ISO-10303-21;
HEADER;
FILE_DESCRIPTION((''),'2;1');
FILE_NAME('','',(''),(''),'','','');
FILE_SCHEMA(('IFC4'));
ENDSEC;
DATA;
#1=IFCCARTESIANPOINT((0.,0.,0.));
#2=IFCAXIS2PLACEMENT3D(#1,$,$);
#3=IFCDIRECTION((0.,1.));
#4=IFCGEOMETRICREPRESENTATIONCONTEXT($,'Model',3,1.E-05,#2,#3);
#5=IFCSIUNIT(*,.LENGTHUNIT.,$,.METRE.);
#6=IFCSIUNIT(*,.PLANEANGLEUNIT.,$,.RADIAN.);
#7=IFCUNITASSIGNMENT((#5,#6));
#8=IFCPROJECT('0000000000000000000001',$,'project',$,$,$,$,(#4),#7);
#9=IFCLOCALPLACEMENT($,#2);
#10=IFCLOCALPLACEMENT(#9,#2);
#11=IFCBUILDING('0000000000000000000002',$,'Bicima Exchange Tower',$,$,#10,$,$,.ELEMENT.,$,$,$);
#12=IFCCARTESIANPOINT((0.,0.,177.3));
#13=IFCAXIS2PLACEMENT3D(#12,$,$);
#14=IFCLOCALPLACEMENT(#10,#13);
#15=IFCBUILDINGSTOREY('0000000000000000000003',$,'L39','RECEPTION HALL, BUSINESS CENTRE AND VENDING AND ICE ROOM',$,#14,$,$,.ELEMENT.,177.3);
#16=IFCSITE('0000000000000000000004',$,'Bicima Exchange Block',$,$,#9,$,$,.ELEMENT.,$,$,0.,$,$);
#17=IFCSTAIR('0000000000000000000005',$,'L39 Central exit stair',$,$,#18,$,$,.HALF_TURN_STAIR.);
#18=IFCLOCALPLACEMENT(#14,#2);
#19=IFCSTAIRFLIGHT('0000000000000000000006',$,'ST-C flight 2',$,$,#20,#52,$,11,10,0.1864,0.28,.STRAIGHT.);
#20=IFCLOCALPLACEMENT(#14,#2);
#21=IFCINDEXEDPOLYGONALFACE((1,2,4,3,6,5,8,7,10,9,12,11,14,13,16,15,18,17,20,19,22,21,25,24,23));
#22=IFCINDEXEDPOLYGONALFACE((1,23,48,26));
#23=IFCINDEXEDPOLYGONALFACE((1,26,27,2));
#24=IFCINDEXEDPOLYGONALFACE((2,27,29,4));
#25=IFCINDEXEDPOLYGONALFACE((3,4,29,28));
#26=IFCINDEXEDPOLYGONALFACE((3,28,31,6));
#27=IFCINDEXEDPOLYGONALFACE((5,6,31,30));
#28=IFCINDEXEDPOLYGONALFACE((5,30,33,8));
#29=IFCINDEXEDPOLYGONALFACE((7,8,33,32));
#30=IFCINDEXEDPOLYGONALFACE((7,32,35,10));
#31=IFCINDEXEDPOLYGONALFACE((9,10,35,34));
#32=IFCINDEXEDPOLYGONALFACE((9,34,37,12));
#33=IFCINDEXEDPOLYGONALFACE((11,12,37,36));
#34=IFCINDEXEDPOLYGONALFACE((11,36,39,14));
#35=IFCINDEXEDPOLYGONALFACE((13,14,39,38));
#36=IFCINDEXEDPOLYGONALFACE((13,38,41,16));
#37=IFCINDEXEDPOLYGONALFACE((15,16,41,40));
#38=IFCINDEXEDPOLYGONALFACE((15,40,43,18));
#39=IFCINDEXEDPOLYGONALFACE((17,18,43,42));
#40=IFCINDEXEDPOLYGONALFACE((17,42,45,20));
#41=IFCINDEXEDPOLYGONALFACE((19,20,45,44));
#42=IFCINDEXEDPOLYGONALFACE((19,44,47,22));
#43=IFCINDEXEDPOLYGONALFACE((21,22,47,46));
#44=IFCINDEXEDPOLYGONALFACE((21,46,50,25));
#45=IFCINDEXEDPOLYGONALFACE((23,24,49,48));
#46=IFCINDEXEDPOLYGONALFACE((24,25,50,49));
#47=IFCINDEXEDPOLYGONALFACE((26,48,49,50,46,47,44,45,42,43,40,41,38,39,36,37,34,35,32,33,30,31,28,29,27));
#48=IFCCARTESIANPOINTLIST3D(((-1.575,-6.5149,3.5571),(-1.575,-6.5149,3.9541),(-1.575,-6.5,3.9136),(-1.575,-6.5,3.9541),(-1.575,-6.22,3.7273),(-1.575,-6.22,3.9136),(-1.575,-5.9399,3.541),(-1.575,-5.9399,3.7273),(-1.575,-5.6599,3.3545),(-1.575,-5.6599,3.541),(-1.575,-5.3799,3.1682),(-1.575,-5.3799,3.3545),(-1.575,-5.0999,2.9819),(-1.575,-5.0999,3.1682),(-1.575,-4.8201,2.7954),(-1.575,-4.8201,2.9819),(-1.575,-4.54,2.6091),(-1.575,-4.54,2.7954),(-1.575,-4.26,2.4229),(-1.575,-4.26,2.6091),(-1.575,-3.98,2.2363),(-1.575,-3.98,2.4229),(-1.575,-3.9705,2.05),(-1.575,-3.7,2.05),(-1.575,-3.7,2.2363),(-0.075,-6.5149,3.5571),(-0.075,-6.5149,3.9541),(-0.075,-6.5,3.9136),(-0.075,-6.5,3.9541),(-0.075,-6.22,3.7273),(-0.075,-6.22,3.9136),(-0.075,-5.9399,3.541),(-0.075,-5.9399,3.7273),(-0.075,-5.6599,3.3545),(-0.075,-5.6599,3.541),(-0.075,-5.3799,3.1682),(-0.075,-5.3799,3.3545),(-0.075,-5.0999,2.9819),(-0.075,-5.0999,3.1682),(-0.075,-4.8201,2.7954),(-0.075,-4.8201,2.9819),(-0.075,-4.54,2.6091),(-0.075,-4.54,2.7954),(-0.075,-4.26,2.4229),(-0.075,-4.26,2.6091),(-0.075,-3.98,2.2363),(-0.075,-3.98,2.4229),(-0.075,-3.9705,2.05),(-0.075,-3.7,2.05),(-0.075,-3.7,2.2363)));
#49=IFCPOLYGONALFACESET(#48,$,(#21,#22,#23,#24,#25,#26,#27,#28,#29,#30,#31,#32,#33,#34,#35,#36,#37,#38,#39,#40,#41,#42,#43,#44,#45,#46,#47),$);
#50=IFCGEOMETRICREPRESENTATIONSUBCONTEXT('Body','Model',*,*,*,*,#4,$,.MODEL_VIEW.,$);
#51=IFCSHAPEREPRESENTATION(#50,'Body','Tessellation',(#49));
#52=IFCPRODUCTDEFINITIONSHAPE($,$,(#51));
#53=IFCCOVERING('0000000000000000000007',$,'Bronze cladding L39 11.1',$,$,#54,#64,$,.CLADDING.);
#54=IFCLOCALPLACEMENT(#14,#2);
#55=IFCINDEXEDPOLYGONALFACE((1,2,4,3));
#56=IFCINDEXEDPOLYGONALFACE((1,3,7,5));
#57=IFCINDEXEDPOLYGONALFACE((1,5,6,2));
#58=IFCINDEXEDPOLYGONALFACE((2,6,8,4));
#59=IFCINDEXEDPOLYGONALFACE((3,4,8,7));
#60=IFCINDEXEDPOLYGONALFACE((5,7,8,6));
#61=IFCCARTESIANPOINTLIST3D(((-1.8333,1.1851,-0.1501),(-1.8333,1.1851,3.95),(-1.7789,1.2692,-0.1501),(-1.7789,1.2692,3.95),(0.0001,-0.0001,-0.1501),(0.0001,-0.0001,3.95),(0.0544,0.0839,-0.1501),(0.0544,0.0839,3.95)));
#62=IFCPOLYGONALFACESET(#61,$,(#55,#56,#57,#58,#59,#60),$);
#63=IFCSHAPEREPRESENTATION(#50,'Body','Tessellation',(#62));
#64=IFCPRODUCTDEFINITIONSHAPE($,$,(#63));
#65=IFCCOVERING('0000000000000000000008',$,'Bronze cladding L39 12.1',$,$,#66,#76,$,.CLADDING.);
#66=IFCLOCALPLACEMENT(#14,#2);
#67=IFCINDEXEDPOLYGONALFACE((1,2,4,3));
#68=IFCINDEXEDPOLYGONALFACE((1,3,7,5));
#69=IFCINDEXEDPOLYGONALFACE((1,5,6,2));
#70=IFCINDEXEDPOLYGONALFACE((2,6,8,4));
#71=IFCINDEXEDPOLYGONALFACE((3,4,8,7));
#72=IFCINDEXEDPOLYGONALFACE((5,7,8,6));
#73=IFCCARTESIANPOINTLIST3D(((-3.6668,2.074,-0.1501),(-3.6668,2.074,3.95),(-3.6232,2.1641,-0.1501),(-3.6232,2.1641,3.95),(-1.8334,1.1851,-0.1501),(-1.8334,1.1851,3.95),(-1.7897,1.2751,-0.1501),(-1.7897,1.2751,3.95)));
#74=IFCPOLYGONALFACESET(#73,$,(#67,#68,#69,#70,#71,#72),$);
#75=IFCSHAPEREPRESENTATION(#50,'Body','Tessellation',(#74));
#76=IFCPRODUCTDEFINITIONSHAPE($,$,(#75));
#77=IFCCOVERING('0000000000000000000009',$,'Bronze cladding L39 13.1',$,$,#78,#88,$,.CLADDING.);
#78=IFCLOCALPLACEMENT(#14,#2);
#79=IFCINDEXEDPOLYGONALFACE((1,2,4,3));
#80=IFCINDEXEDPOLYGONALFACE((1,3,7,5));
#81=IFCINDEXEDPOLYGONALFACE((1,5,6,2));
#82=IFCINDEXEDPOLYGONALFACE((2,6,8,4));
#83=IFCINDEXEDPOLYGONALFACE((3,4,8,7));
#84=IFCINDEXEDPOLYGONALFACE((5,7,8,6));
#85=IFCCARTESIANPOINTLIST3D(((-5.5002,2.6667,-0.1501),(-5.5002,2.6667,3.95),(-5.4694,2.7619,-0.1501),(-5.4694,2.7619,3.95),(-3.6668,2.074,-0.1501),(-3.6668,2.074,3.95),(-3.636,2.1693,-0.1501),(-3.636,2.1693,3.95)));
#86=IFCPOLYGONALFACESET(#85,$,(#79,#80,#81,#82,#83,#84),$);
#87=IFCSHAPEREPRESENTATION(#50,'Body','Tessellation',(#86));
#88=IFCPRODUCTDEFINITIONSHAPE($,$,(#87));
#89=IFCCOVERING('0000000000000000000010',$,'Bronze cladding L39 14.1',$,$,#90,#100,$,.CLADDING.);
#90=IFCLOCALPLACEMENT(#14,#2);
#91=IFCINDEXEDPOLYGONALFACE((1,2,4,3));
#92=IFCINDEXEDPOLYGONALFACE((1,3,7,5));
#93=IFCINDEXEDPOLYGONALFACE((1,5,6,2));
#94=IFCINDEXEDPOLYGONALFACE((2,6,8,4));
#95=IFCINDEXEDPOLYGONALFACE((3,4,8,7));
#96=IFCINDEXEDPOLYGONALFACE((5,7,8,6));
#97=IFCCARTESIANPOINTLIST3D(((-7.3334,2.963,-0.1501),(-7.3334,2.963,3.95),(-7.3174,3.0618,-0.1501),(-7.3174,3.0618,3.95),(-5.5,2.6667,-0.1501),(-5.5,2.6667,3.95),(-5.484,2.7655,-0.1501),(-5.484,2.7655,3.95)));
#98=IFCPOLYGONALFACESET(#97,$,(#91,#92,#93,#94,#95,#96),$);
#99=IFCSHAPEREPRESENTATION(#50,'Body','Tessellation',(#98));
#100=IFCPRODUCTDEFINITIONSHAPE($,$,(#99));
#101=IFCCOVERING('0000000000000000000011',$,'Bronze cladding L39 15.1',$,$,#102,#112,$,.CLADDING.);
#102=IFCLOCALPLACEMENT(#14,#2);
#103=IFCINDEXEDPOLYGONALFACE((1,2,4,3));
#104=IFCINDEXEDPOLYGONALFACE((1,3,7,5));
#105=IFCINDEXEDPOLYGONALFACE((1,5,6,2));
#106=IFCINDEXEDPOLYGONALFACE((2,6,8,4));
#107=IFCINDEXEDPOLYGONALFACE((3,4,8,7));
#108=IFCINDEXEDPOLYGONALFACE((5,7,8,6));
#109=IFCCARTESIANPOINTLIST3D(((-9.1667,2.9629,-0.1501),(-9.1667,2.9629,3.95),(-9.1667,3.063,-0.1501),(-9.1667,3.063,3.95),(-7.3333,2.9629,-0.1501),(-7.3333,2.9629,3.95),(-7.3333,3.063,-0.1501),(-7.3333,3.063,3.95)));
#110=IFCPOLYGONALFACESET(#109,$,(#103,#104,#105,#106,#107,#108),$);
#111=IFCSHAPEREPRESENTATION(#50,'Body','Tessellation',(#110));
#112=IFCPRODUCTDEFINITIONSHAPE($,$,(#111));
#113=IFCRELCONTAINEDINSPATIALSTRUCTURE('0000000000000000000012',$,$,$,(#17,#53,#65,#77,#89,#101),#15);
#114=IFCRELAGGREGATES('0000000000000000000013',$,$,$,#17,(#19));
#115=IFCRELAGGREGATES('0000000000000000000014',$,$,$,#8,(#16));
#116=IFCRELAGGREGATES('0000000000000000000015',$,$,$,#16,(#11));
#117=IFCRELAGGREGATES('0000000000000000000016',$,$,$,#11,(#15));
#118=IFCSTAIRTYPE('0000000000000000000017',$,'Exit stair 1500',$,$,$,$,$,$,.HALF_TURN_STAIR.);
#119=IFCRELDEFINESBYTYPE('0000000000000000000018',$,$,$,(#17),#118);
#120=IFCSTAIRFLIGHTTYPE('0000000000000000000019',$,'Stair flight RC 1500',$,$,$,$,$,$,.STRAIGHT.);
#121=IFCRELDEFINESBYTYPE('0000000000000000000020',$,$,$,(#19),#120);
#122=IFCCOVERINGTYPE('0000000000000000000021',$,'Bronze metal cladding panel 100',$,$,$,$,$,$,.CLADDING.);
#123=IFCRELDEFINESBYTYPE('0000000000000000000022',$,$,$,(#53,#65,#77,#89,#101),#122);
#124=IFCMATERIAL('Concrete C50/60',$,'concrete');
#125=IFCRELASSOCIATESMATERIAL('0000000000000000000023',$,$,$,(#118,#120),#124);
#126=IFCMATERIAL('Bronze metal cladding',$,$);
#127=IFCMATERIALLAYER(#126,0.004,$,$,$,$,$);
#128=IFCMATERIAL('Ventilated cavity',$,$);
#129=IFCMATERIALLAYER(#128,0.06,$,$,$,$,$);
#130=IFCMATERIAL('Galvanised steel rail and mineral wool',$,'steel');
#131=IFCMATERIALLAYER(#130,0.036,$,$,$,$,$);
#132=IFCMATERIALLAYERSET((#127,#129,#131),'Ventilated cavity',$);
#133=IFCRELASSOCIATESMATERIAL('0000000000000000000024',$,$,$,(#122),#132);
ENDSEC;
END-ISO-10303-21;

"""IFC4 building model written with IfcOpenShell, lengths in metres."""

from ifc_helpers import new_model, si_unit, direction, frame, origin, origin_2d, place, context, subcontext, project, spatial, polyline, rectangle, outline, extrude, material, layer, layer_set, type_object, element, aggregate, save


model = new_model("IFC4")

# Units and contexts
model_context = context("Model", 3, precision=1e-05, world=origin(), true_north=direction((0.0, 1.0)))
body_context = subcontext(model_context, "Body", "Model", "MODEL_VIEW")
ifc_project = project(units=[si_unit("LENGTHUNIT", "METRE"), si_unit("PLANEANGLEUNIT", "RADIAN")], contexts=[model_context])

# Site, building, storey
site_placement = place(None, origin())
site = spatial("IfcSite", under=ifc_project, at=site_placement, Name="Bicima Exchange Block", CompositionType="ELEMENT", RefElevation=0.0)
building_placement = place(site_placement, origin())
building = spatial("IfcBuilding", under=site, at=building_placement, Name="Bicima Exchange Tower", CompositionType="ELEMENT")
storey_placement = place(building_placement, frame((0.0, 0.0, 177.3)))
storey = spatial("IfcBuildingStorey", under=building, at=storey_placement, Name="L39", Description="RECEPTION HALL, BUSINESS CENTRE AND VENDING AND ICE ROOM", CompositionType="ELEMENT", Elevation=177.3)

# Shared definitions
ifc_material_1 = material(Name="Concrete C50/60", Category="concrete")

# Stair, stair flight
stair_type = type_object("IfcStairType", Name="Exit stair 1500", PredefinedType="HALF_TURN_STAIR", material=ifc_material_1)
stair_placement = place(storey_placement, origin())
stair = element("IfcStair", 1, at=stair_placement, inside=storey, type_object=stair_type, Name="L39 Central exit stair", PredefinedType="HALF_TURN_STAIR")
stair_flight_type = type_object("IfcStairFlightType", Name="Stair flight RC 1500", PredefinedType="STRAIGHT", material=ifc_material_1)
stair_flight_placement = place(storey_placement, frame((-0.825, -3.7, 2.05), z_axis=(0.0, 0.0, 1.0), x_axis=(0.0, -1.0, 0.0)))
stair_flight = element("IfcStairFlight", 2, at=stair_flight_placement, type_object=stair_flight_type, Name="ST-C flight 2", NumberOfRisers=11, NumberOfTreads=10, PredefinedType="STRAIGHT", RiserHeight=0.1864, TreadLength=0.28, context=body_context, shape_type="SweptSolid", body=[
    extrude(outline(polyline([(0.0, 0.0), (0.0, 0.1863), (0.28, 0.1863), (0.28, 0.3728), (0.5601, 0.3728), (0.5601, 0.5591), (0.8401, 0.5591), (0.8401, 0.7454), (1.1201, 0.7454), (1.1201, 0.9319), (1.3999, 0.9319), (1.3999, 1.1182), (1.6799, 1.1182), (1.6799, 1.3044), (1.96, 1.3044), (1.96, 1.491), (2.24, 1.491), (2.24, 1.6772), (2.52, 1.6772), (2.52, 1.8635), (2.8, 1.8635), (2.8, 1.9041), (2.8149, 1.9041), (2.8149, 1.5071), (0.2705, 0.0), (0.0, 0.0)])), frame((0.0, 0.75, 0.0), z_axis=(0.0, -1.0, 0.0), x_axis=(1.0, 0.0, 0.0)), (0.0, 0.0, 1.0), 1.5),
])
aggregate(stair, [stair_flight])

# Coverings
ifc_material_2 = material(Name="Bronze metal cladding")
ifc_layer_1 = layer(ifc_material_2, 0.004)
ifc_material_3 = material(Name="Ventilated cavity")
ifc_layer_2 = layer(ifc_material_3, 0.06)
ifc_material_4 = material(Name="Galvanised steel rail and mineral wool", Category="steel")
ifc_layer_3 = layer(ifc_material_4, 0.036)
ifc_layer_set_1 = layer_set([ifc_layer_1, ifc_layer_2, ifc_layer_3], Name="Ventilated cavity")
covering_type = type_object("IfcCoveringType", Name="Bronze metal cladding panel 100", PredefinedType="CLADDING", material=ifc_layer_set_1)
covering_1_placement = place(storey_placement, frame((-0.8894, 0.6345, -0.1501), z_axis=(0.0, 0.0, 1.0), x_axis=(-0.83979, 0.542911, 0.0)))
element("IfcCovering", 3, at=covering_1_placement, inside=storey, type_object=covering_type, Name="Bronze cladding L39 11.1", PredefinedType="CLADDING", context=body_context, shape_type="SweptSolid", body=[
    extrude(rectangle(XDim=2.1831, YDim=0.1001, at=origin_2d()), origin(), (0.0, 0.0, 1.0), 4.1001),
])
covering_2_placement = place(storey_placement, frame((-2.7283, 1.6746, -0.1501), z_axis=(0.0, 0.0, 1.0), x_axis=(-0.899818, 0.436265, 0.0)))
element("IfcCovering", 4, at=covering_2_placement, inside=storey, type_object=covering_type, Name="Bronze cladding L39 12.1", PredefinedType="CLADDING", context=body_context, shape_type="SweptSolid", body=[
    extrude(rectangle(XDim=2.0376, YDim=0.1001, at=origin_2d()), origin(), (0.0, 0.0, 1.0), 4.1001),
])
covering_3_placement = place(storey_placement, frame((-4.5681, 2.418, -0.1501), z_axis=(0.0, 0.0, 1.0), x_axis=(-0.951525, 0.307573, 0.0)))
element("IfcCovering", 5, at=covering_3_placement, inside=storey, type_object=covering_type, Name="Bronze cladding L39 13.1", PredefinedType="CLADDING", context=body_context, shape_type="SweptSolid", body=[
    extrude(rectangle(XDim=1.9268, YDim=0.1001, at=origin_2d()), origin(), (0.0, 0.0, 1.0), 4.1001),
])
covering_4_placement = place(storey_placement, frame((-6.4087, 2.8643, -0.1501), z_axis=(0.0, 0.0, 1.0), x_axis=(-0.98719, 0.15955, 0.0)))
element("IfcCovering", 6, at=covering_4_placement, inside=storey, type_object=covering_type, Name="Bronze cladding L39 14.1", PredefinedType="CLADDING", context=body_context, shape_type="SweptSolid", body=[
    extrude(rectangle(XDim=1.8572, YDim=0.1001, at=origin_2d()), origin(), (0.0, 0.0, 1.0), 4.1001),
])
covering_5_placement = place(storey_placement, frame((-8.25, 3.0129, -0.1501), z_axis=(0.0, 0.0, 1.0), x_axis=(-1.0, 0.0, 0.0)))
element("IfcCovering", 7, at=covering_5_placement, inside=storey, type_object=covering_type, Name="Bronze cladding L39 15.1", PredefinedType="CLADDING", context=body_context, shape_type="SweptSolid", body=[
    extrude(rectangle(XDim=1.8335, YDim=0.1001, at=origin_2d()), origin(), (0.0, 0.0, 1.0), 4.1001),
])

save(model, "model.ifc")
